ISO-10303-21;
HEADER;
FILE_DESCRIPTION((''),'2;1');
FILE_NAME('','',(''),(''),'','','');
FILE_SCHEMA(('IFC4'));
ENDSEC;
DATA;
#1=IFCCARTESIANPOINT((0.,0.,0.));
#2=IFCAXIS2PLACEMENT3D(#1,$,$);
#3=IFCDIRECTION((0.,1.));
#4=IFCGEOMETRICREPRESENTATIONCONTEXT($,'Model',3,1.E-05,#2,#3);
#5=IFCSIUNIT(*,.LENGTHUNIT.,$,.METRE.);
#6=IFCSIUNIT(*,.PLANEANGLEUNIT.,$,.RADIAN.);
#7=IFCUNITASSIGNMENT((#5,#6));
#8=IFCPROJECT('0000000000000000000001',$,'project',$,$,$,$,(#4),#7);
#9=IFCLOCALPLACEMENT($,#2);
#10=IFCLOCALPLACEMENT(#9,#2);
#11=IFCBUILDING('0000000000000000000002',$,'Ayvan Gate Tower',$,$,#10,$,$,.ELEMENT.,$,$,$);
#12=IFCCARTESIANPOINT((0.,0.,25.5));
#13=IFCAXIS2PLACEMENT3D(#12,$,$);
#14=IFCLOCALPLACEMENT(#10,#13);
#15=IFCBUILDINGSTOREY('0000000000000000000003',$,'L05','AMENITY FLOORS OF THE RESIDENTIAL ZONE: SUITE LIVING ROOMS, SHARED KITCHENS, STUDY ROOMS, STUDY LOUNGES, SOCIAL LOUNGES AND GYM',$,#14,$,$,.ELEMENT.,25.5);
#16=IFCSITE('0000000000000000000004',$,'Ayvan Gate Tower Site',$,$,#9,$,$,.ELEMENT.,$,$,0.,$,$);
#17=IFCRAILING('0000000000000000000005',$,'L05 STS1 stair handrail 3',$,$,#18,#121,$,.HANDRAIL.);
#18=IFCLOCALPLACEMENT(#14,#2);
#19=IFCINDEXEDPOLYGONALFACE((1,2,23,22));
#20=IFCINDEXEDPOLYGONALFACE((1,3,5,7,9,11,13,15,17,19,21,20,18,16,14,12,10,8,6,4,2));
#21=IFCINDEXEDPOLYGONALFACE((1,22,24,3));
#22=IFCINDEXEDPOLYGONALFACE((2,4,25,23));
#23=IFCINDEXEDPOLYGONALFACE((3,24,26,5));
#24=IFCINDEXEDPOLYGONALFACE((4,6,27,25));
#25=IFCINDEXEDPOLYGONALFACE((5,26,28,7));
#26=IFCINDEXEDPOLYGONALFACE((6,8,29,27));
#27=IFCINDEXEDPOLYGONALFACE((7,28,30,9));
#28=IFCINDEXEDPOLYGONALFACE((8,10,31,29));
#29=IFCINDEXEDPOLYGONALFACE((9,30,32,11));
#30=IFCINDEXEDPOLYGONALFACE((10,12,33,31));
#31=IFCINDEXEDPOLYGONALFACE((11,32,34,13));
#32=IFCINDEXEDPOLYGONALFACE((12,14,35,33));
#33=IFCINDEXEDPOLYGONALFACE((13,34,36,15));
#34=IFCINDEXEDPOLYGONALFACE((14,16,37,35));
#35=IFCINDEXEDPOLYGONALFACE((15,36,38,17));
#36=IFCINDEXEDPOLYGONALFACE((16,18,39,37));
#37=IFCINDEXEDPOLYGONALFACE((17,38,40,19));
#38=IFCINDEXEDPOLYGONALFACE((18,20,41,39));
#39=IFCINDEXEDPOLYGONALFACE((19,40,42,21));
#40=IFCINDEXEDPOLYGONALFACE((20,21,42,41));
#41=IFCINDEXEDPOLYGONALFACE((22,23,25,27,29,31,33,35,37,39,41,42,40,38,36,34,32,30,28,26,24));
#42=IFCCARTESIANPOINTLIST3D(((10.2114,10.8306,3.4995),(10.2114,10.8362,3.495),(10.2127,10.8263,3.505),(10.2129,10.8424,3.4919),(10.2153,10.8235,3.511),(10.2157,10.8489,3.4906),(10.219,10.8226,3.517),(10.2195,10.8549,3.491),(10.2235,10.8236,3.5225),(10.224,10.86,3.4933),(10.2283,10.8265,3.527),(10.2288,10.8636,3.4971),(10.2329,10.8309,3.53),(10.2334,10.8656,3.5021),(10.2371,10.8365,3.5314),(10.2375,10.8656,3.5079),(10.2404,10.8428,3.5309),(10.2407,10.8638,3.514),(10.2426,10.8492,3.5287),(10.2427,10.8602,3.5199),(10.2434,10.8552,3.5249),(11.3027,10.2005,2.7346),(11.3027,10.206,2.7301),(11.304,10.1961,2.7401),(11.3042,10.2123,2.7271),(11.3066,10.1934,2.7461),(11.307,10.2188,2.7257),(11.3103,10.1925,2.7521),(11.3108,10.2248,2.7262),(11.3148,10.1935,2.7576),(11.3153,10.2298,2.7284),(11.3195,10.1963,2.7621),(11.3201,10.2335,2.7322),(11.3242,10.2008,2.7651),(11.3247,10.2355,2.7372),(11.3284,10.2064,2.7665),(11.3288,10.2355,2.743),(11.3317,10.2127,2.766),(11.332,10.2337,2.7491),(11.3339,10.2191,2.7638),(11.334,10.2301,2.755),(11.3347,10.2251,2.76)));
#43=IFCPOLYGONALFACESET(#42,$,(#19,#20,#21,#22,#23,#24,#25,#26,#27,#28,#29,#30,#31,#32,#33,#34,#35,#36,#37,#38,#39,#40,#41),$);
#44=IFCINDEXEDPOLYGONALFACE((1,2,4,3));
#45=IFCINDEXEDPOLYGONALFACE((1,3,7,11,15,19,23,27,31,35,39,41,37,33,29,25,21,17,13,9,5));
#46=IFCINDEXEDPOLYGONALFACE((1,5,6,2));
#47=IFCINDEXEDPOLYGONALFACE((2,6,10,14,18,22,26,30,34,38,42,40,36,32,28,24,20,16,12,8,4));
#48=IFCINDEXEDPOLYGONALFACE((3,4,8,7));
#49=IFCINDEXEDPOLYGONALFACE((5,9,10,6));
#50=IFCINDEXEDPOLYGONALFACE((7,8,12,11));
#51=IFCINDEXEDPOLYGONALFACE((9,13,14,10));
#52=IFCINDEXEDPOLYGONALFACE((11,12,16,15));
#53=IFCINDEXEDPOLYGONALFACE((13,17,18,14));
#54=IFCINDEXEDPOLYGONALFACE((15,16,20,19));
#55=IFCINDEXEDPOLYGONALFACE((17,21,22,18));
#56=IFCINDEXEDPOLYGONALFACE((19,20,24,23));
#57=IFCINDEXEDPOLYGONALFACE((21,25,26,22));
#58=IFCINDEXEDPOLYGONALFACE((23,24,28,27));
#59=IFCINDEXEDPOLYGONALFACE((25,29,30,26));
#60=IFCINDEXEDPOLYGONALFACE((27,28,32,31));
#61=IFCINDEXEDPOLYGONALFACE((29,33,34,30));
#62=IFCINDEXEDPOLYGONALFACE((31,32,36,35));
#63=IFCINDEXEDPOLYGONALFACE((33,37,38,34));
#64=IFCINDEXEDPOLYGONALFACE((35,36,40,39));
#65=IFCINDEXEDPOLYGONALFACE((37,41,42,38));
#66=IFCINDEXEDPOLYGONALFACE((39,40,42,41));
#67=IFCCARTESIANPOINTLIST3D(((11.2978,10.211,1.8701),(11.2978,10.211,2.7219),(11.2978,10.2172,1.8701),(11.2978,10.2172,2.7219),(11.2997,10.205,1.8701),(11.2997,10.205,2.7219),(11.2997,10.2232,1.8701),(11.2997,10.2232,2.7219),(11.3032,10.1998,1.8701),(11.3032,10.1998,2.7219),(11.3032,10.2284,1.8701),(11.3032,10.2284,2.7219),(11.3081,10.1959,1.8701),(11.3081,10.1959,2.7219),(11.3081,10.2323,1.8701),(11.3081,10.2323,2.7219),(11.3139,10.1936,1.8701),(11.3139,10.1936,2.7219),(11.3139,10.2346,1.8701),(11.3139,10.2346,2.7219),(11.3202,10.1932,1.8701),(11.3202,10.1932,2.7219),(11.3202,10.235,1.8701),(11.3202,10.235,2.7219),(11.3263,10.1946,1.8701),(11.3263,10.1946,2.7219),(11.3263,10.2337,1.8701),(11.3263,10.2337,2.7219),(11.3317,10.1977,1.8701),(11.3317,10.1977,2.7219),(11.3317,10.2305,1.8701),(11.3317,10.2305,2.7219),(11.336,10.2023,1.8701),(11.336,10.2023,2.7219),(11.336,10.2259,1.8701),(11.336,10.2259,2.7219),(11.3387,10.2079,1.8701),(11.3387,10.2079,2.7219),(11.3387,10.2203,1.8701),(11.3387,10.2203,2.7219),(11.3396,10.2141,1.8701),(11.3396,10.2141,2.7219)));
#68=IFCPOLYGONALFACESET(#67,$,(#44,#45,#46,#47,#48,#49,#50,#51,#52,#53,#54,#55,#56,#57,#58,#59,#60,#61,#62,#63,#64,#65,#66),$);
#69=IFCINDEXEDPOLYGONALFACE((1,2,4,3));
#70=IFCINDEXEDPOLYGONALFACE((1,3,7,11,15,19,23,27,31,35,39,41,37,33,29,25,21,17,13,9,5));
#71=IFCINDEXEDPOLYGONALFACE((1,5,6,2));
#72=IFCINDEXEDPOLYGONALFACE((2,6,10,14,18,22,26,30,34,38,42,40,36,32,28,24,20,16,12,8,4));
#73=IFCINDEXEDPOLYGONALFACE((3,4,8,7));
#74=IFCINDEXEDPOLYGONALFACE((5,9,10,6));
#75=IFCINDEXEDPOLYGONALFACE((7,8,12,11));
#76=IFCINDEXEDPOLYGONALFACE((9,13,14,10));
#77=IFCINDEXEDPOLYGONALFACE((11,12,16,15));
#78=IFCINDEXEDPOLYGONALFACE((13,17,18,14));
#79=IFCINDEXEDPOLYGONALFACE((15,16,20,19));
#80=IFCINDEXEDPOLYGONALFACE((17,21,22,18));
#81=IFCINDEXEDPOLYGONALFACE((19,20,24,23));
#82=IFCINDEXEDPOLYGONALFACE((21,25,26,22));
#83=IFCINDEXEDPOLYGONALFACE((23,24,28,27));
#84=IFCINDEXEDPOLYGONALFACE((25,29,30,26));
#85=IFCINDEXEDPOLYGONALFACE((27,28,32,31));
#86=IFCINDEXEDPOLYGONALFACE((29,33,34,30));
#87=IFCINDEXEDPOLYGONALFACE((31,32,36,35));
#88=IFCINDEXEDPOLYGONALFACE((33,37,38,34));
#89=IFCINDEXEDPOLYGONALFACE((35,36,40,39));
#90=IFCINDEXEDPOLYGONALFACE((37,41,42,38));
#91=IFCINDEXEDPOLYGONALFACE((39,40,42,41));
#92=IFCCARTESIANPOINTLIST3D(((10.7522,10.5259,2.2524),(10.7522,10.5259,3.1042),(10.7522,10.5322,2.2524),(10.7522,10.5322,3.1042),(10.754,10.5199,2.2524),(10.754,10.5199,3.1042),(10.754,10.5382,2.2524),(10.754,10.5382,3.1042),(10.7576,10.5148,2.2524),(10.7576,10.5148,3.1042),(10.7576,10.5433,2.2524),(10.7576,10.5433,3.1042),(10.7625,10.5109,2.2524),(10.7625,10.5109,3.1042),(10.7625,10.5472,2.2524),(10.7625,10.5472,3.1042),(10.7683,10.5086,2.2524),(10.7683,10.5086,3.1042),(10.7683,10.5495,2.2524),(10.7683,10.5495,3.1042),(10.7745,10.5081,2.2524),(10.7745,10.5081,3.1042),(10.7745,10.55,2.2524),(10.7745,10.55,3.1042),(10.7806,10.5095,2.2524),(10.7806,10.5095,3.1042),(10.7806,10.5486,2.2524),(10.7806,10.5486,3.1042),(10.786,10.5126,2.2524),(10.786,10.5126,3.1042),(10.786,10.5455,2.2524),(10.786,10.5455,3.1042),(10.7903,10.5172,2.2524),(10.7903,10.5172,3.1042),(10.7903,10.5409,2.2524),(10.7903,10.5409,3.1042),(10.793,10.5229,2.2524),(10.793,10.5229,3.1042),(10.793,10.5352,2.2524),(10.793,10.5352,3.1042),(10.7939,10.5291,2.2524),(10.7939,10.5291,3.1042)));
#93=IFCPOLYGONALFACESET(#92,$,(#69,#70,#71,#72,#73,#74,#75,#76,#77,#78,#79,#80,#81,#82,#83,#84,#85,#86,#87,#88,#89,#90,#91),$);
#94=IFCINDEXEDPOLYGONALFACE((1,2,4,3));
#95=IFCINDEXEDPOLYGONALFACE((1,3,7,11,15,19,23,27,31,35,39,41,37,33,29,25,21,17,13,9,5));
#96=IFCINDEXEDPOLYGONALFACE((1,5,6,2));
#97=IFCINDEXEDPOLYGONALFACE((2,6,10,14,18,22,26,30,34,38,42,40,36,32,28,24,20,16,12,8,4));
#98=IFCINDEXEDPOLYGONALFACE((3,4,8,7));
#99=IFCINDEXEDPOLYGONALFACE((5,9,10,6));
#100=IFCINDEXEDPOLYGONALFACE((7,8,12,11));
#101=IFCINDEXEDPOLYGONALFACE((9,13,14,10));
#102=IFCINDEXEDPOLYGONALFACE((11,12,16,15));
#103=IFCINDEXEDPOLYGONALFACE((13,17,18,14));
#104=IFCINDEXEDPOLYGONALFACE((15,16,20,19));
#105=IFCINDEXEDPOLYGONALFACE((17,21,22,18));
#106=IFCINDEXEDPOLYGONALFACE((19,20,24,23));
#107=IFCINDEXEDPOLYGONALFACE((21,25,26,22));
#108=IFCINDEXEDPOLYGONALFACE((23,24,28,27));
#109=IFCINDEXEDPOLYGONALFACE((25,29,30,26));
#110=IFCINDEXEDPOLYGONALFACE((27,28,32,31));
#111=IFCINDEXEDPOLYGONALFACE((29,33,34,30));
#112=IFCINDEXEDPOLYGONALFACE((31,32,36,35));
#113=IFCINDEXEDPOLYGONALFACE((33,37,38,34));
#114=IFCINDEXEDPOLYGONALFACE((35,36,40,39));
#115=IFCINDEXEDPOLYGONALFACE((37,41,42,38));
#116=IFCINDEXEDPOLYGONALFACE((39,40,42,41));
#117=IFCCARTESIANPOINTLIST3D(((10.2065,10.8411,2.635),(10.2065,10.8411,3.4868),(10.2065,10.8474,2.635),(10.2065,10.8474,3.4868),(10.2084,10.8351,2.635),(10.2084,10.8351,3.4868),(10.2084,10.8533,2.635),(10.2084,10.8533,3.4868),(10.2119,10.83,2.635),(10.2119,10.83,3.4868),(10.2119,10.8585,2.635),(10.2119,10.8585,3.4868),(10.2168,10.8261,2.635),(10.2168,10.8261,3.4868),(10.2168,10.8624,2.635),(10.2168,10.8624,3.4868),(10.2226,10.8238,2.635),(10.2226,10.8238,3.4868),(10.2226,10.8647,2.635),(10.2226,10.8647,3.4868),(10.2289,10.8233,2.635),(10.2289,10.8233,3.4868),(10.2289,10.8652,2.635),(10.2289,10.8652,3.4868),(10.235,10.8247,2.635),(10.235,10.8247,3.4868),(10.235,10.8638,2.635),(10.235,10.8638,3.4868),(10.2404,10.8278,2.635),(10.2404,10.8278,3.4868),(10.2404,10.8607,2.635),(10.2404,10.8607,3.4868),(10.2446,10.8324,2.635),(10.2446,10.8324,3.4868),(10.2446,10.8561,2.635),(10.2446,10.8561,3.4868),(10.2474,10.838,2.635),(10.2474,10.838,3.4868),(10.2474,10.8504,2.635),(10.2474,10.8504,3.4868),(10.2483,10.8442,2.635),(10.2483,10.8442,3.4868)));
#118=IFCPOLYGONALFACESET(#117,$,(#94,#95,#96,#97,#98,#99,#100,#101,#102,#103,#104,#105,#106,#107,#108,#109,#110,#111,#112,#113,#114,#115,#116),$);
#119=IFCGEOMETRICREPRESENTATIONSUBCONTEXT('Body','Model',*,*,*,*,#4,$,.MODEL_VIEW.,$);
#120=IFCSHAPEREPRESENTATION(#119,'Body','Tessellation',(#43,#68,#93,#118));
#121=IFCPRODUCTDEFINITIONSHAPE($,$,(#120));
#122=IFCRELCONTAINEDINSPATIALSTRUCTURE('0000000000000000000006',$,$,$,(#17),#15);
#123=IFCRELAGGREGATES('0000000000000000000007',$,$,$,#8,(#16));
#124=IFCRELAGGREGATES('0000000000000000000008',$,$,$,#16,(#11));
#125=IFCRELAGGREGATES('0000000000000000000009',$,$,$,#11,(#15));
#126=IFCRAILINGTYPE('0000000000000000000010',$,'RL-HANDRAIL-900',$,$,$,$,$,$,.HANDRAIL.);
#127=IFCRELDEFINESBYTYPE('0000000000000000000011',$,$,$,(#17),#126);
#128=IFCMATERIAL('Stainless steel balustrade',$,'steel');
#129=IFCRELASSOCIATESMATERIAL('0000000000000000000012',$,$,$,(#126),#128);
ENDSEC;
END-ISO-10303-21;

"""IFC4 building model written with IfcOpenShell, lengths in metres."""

from ifc_helpers import new_model, si_unit, direction, frame, origin, origin_2d, place, context, subcontext, project, spatial, circle, extrude, material, type_object, element, save


model = new_model("IFC4")

# Units and contexts
model_context = context("Model", 3, precision=1e-05, world=origin(), true_north=direction((0.0, 1.0)))
body_context = subcontext(model_context, "Body", "Model", "MODEL_VIEW")
ifc_project = project(units=[si_unit("LENGTHUNIT", "METRE"), si_unit("PLANEANGLEUNIT", "RADIAN")], contexts=[model_context])

# Site, building, storey
site_placement = place(None, origin())
site = spatial("IfcSite", under=ifc_project, at=site_placement, Name="Ayvan Gate Tower Site", CompositionType="ELEMENT", RefElevation=0.0)
building_placement = place(site_placement, origin())
building = spatial("IfcBuilding", under=site, at=building_placement, Name="Ayvan Gate Tower", CompositionType="ELEMENT")
storey_placement = place(building_placement, frame((0.0, 0.0, 25.5)))
storey = spatial("IfcBuildingStorey", under=building, at=storey_placement, Name="L05", Description="AMENITY FLOORS OF THE RESIDENTIAL ZONE: SUITE LIVING ROOMS, SHARED KITCHENS, STUDY ROOMS, STUDY LOUNGES, SOCIAL LOUNGES AND GYM", CompositionType="ELEMENT", Elevation=25.5)

# Railing
ifc_material_1 = material(Name="Stainless steel balustrade", Category="steel")
railing_type_1 = type_object("IfcRailingType", Name="RL-HANDRAIL-900", PredefinedType="HANDRAIL", material=ifc_material_1)
railing_1_placement = place(storey_placement, frame((11.3186, 10.2141, 1.8701)))
element("IfcRailing", 1, at=railing_1_placement, inside=storey, type_object=railing_type_1, Name="L05 STS1 stair handrail 3", PredefinedType="HANDRAIL", context=body_context, shape_type="SweptSolid", body=[
    extrude(circle(Radius=0.0239, at=origin_2d()), frame((0.0, 0.0, 0.876), z_axis=(-0.740304, 0.427455, 0.518875), x_axis=(-0.500035, -0.866005, 0.0)), (0.0, 0.0, 1.0), 1.4741),
    extrude(circle(Radius=0.021, at=origin_2d()), origin(), (0.0, 0.0, 1.0), 0.8518),
    extrude(circle(Radius=0.021, at=origin_2d()), frame((-0.5457, 0.3149, 0.3823)), (0.0, 0.0, 1.0), 0.8518),
    extrude(circle(Radius=0.021, at=origin_2d()), frame((-1.0913, 0.6301, 0.7649)), (0.0, 0.0, 1.0), 0.8518),
])

save(model, "model.ifc")
